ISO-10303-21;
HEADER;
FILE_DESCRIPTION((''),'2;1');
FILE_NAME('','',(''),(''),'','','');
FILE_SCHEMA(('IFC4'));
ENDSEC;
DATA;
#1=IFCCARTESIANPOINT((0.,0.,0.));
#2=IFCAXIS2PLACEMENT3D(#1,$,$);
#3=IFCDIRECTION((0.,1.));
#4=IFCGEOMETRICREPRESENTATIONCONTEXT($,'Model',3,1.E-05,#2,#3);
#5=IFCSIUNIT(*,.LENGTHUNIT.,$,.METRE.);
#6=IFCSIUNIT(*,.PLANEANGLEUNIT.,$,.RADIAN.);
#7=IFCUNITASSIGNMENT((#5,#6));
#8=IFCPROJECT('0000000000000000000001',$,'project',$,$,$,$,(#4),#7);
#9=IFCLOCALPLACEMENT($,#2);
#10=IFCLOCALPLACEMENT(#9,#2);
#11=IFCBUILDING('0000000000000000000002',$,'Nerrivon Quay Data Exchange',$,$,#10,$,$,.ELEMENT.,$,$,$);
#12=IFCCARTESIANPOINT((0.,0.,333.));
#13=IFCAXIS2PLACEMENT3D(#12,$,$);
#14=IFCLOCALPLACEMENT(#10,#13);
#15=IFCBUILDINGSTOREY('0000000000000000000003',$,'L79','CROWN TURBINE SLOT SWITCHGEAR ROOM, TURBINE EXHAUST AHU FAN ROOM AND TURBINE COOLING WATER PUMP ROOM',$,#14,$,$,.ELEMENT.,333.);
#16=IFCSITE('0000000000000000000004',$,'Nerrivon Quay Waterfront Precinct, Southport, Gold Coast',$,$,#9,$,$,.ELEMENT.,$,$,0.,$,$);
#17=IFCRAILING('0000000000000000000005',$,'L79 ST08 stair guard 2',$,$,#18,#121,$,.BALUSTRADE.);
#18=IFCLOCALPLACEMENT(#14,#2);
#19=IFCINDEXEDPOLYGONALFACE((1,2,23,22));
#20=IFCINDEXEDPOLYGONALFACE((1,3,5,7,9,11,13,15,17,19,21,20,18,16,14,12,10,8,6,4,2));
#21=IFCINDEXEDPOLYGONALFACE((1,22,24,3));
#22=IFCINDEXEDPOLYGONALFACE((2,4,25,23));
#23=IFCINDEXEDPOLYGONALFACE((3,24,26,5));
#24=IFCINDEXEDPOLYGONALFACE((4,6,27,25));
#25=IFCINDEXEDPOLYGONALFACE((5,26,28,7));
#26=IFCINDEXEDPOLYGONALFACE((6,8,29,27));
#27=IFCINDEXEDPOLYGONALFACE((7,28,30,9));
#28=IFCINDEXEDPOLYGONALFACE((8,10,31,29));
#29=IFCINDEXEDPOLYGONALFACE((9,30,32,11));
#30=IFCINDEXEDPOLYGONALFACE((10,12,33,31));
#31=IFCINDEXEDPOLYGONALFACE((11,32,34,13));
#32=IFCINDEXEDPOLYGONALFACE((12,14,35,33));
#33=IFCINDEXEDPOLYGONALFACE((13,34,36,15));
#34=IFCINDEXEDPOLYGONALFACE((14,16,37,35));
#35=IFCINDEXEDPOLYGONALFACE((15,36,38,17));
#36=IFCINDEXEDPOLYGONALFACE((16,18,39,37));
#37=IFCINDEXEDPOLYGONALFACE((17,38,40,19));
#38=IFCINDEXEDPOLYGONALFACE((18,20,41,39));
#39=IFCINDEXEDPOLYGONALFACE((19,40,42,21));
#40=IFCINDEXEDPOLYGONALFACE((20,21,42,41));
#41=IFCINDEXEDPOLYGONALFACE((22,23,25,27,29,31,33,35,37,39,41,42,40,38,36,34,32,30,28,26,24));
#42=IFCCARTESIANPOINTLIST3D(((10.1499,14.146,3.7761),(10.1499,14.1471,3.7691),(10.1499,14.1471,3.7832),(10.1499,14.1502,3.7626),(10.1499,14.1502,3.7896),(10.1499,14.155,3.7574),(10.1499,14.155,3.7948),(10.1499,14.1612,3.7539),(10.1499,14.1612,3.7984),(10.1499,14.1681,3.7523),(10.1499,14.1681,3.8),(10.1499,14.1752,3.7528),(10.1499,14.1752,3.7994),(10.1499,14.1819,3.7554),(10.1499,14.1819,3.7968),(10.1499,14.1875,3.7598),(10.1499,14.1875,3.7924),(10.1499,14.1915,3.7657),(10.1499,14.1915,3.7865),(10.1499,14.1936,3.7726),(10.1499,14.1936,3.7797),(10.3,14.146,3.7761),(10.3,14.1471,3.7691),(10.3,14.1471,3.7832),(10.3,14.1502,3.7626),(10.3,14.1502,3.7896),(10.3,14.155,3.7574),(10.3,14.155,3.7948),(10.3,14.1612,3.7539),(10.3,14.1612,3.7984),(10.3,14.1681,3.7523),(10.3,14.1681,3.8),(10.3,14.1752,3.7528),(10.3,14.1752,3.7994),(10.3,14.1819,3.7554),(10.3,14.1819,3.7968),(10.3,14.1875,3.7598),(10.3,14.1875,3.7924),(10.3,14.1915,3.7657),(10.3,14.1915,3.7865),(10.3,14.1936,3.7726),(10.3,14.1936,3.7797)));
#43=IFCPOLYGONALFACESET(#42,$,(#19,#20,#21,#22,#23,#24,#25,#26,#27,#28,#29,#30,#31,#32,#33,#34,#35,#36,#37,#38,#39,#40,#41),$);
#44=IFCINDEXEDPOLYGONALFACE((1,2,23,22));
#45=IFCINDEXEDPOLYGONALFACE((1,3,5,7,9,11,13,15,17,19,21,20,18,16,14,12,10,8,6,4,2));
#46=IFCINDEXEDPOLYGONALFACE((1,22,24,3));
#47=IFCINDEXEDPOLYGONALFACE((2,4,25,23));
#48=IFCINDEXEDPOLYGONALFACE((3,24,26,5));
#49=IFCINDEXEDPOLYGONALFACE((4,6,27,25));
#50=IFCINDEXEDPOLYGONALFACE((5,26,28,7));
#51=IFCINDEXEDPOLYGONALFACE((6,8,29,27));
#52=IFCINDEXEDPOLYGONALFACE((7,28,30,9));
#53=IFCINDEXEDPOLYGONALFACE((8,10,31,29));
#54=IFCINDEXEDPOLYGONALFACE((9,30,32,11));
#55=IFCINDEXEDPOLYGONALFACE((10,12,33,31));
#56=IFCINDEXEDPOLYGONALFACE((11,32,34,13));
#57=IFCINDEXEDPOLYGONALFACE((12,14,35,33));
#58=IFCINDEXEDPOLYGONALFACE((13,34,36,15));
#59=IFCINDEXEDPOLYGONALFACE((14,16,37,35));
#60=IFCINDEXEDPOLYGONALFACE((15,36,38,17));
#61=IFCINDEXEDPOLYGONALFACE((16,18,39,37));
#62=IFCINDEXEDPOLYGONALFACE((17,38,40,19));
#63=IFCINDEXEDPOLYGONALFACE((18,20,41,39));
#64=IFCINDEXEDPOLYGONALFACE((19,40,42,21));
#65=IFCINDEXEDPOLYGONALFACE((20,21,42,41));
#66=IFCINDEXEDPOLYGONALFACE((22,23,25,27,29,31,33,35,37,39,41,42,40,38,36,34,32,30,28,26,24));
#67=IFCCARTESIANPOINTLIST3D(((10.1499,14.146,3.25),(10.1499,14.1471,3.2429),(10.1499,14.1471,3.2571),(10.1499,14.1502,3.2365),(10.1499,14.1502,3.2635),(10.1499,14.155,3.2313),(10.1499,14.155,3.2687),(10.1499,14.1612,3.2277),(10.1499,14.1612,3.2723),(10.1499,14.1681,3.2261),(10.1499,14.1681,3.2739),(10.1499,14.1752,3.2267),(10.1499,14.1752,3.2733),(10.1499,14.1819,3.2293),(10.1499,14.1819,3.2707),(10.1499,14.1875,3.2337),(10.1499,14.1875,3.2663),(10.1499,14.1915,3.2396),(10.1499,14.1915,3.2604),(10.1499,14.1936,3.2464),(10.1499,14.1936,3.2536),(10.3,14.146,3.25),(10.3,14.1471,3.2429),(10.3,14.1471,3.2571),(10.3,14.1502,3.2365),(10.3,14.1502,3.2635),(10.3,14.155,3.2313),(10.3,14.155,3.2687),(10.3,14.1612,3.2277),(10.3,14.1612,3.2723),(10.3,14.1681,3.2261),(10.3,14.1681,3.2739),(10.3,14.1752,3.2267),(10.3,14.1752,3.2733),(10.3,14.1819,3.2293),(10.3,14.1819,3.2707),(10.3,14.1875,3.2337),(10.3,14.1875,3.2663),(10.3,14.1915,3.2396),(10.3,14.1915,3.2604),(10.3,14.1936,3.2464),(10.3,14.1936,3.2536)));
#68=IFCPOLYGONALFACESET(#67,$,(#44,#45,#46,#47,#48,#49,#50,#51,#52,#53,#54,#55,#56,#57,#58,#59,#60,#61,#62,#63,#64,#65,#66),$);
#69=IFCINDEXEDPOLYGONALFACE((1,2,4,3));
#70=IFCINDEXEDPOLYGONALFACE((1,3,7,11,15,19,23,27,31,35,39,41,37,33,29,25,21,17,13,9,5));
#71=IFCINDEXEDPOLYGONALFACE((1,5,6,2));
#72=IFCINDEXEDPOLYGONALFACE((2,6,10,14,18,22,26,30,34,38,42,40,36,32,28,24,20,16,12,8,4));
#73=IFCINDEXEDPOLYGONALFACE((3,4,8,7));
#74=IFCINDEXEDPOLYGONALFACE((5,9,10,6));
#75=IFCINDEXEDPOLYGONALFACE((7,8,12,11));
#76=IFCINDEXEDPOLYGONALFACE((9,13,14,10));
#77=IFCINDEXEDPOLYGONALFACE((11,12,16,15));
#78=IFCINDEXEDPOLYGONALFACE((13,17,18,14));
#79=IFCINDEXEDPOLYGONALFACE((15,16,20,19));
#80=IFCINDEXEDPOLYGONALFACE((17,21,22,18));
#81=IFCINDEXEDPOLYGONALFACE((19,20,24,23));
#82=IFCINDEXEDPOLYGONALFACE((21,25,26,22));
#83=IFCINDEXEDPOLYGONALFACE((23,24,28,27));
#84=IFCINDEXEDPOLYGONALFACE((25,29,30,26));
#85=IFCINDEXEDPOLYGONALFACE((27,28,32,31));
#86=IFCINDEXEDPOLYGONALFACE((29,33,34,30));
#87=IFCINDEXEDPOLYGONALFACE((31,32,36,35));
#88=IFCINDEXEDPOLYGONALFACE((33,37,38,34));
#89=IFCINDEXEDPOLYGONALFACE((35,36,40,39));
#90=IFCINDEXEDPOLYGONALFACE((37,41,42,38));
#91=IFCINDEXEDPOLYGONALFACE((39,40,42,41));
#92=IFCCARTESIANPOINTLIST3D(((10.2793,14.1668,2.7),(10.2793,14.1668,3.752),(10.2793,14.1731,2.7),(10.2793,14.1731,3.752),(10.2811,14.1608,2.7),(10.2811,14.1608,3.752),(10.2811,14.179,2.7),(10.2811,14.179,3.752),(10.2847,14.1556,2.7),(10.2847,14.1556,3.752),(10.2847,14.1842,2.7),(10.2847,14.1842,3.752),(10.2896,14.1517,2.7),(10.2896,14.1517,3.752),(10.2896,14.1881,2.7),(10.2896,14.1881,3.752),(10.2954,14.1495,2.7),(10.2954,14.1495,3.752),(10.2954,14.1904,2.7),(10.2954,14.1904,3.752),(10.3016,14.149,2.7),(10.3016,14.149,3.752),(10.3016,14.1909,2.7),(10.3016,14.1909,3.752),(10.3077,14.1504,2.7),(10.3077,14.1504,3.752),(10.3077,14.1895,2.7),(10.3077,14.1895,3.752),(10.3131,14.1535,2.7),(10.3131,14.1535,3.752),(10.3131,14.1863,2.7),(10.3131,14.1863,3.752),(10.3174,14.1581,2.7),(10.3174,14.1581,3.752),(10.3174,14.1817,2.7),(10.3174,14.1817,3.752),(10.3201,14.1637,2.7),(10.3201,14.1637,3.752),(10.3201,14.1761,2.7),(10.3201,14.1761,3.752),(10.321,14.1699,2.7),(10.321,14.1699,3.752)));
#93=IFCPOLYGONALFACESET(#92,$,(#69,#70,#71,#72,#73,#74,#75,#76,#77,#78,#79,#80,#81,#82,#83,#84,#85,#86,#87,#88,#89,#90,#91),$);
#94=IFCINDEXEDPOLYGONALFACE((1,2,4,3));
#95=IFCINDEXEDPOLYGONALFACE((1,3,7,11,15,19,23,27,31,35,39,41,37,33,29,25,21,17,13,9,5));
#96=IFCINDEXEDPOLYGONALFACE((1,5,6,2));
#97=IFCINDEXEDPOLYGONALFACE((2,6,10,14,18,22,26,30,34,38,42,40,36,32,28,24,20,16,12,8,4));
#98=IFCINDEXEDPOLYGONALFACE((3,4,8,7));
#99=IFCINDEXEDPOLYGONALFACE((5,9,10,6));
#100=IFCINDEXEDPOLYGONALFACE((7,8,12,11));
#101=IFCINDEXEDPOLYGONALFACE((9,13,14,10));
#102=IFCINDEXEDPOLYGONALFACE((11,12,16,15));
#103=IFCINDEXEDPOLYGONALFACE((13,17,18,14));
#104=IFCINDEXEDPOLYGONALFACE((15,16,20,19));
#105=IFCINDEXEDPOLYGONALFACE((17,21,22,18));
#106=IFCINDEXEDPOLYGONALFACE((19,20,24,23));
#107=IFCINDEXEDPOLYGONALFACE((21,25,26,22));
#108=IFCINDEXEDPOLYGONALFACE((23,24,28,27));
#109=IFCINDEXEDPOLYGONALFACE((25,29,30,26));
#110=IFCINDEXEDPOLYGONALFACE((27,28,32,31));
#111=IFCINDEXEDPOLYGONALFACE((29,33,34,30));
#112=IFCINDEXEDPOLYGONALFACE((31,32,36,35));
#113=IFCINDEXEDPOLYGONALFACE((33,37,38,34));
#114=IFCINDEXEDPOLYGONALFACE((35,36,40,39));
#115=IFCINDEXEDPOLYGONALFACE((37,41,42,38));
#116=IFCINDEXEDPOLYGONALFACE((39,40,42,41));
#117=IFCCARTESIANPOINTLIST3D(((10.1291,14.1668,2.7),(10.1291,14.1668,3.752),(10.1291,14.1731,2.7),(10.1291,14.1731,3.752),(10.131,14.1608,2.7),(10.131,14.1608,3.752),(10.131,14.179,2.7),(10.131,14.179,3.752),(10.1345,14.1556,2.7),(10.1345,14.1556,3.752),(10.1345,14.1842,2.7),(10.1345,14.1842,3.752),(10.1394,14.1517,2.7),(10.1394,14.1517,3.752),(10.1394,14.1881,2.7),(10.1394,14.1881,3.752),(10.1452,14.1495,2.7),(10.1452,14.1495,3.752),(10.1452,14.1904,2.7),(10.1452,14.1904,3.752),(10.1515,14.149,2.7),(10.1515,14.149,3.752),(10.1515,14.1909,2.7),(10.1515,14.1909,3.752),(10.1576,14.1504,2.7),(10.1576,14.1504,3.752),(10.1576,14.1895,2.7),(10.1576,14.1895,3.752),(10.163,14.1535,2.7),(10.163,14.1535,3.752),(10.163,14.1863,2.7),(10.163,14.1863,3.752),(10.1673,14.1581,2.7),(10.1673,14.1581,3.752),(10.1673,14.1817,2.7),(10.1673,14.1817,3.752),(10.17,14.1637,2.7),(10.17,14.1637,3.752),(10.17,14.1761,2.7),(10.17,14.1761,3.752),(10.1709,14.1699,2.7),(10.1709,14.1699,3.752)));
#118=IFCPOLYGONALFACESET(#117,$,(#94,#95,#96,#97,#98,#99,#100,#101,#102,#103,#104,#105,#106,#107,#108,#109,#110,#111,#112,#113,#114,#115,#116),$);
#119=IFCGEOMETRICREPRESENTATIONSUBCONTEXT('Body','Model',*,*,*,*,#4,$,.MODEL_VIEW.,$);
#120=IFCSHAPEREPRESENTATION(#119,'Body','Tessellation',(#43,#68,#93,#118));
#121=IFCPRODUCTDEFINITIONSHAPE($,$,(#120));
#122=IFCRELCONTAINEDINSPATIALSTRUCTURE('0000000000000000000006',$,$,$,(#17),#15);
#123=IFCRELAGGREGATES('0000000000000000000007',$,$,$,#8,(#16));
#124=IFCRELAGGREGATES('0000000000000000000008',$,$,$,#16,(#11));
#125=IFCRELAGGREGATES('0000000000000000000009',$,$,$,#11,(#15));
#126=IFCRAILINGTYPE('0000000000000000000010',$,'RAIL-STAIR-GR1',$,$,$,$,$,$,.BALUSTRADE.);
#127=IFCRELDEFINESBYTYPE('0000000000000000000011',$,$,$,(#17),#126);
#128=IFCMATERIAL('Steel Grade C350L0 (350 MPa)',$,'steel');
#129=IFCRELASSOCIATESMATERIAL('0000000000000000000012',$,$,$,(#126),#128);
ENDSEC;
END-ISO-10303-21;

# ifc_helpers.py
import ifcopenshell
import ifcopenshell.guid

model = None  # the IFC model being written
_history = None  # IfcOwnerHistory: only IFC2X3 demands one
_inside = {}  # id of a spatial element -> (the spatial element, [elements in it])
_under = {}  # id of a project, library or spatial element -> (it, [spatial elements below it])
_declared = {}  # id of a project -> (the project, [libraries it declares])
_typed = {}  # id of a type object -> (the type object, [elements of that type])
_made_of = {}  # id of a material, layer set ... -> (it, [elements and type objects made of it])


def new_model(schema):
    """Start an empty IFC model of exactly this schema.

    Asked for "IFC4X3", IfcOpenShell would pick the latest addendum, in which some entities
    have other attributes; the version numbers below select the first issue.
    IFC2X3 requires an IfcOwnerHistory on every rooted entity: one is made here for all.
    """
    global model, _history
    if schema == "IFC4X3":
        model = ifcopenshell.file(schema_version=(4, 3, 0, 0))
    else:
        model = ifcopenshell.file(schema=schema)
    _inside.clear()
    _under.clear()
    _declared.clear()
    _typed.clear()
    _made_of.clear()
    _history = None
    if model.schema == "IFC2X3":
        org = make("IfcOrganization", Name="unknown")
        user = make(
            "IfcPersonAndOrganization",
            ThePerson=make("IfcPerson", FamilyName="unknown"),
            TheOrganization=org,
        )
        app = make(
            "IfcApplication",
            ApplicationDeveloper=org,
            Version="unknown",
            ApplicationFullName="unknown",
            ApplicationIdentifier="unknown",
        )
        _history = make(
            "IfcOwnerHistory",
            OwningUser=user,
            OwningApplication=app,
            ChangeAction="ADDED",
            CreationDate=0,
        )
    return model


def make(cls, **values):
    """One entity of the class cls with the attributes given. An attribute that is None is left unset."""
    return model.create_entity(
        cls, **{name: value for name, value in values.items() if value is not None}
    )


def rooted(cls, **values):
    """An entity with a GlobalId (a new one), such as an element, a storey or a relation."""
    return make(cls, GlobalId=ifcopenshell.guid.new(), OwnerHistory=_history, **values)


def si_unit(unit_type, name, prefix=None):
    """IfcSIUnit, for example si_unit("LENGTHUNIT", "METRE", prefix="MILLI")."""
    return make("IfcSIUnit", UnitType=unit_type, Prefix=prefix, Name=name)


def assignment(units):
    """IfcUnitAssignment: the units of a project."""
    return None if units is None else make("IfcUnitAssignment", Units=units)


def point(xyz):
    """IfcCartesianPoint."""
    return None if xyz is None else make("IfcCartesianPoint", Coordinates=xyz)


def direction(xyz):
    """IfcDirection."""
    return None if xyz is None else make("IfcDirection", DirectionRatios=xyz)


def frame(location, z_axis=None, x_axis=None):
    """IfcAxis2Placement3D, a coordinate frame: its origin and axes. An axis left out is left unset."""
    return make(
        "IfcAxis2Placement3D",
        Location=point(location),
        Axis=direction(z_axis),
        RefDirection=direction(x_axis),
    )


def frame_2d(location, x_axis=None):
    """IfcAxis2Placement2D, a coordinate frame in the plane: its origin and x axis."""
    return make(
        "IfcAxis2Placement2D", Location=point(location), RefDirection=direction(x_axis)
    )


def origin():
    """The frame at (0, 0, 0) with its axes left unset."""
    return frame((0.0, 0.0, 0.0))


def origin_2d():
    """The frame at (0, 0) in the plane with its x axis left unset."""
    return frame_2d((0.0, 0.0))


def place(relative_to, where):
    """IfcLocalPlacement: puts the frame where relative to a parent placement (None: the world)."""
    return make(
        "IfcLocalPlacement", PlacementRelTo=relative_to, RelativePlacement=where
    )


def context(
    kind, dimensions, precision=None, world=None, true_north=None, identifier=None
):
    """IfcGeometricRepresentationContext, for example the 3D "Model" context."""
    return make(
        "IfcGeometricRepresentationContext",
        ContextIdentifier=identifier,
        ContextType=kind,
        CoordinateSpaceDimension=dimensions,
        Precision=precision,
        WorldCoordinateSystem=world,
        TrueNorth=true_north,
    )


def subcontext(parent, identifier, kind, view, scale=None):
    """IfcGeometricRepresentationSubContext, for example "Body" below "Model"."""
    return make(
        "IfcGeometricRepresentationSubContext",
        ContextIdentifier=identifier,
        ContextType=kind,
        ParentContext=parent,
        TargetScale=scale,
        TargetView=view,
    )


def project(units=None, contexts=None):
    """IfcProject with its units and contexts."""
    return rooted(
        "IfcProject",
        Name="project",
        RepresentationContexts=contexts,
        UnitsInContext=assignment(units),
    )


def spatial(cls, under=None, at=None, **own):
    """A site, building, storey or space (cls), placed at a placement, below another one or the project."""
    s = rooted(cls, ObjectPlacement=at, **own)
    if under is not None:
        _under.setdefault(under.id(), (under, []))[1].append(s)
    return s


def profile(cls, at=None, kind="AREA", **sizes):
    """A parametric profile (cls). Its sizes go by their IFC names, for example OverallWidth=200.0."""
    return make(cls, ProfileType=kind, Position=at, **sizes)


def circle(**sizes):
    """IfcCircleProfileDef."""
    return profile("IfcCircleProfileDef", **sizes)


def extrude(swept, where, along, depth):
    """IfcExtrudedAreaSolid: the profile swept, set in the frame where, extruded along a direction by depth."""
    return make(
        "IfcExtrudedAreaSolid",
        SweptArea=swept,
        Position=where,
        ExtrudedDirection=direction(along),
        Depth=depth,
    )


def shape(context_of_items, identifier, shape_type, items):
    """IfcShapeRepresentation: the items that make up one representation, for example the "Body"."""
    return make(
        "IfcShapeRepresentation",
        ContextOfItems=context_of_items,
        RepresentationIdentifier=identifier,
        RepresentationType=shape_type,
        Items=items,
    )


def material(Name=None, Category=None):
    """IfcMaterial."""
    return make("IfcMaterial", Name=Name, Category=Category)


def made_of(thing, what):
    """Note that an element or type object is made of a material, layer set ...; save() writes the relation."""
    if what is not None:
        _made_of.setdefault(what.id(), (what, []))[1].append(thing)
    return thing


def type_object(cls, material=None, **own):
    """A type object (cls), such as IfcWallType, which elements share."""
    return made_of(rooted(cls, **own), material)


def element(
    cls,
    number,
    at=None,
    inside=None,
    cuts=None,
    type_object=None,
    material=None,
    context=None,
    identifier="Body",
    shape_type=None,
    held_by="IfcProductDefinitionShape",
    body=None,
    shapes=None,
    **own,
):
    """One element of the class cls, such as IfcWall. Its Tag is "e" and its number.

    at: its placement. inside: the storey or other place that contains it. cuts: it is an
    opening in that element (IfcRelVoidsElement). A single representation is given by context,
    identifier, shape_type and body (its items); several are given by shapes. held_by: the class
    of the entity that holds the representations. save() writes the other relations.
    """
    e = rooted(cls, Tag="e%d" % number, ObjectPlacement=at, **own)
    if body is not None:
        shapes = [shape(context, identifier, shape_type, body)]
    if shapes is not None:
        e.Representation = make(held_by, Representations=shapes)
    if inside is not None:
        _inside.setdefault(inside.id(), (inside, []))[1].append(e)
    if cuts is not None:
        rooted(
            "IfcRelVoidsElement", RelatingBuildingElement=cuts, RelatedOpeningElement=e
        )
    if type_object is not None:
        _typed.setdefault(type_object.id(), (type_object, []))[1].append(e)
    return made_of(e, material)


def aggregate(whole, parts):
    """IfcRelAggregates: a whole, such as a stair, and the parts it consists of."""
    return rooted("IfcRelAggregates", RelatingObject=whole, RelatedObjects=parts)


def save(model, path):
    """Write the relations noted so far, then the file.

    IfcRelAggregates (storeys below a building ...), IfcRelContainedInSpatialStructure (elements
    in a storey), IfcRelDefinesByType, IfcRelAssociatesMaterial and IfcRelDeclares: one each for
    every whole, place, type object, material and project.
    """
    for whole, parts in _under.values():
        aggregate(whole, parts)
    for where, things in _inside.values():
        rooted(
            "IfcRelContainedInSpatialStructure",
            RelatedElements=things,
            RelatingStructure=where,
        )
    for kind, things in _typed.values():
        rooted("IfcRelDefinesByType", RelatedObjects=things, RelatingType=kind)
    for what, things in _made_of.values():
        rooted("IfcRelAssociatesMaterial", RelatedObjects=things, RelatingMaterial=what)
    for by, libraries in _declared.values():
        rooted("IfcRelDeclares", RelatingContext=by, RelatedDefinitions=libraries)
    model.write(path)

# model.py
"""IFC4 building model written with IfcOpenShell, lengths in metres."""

from ifc_helpers import new_model, si_unit, direction, frame, origin, origin_2d, place, context, subcontext, project, spatial, circle, extrude, material, type_object, element, save


model = new_model("IFC4")

# Units and contexts
model_context = context("Model", 3, precision=1e-05, world=origin(), true_north=direction((0.0, 1.0)))
body_context = subcontext(model_context, "Body", "Model", "MODEL_VIEW")
ifc_project = project(units=[si_unit("LENGTHUNIT", "METRE"), si_unit("PLANEANGLEUNIT", "RADIAN")], contexts=[model_context])

# Site, building, storey
site_placement = place(None, origin())
site = spatial("IfcSite", under=ifc_project, at=site_placement, Name="Nerrivon Quay Waterfront Precinct, Southport, Gold Coast", CompositionType="ELEMENT", RefElevation=0.0)
building_placement = place(site_placement, origin())
building = spatial("IfcBuilding", under=site, at=building_placement, Name="Nerrivon Quay Data Exchange", CompositionType="ELEMENT")
storey_placement = place(building_placement, frame((0.0, 0.0, 333.0)))
storey = spatial("IfcBuildingStorey", under=building, at=storey_placement, Name="L79", Description="CROWN TURBINE SLOT SWITCHGEAR ROOM, TURBINE EXHAUST AHU FAN ROOM AND TURBINE COOLING WATER PUMP ROOM", CompositionType="ELEMENT", Elevation=333.0)

# Shared definitions
ifc_material_1 = material(Name="Steel Grade C350L0 (350 MPa)", Category="steel")

# Railing
railing_type_1 = type_object("IfcRailingType", Name="RAIL-STAIR-GR1", PredefinedType="BALUSTRADE", material=ifc_material_1)
railing_1_placement = place(storey_placement, frame((10.3, 14.1699, 2.7)))
element("IfcRailing", 1, at=railing_1_placement, inside=storey, type_object=railing_type_1, Name="L79 ST08 stair guard 2", PredefinedType="BALUSTRADE", context=body_context, shape_type="SweptSolid", body=[
    extrude(circle(Radius=0.0239, at=origin_2d()), frame((0.0, 0.0, 1.0762), z_axis=(-1.0, 0.0, 0.0), x_axis=(0.0, -1.0, 0.0)), (0.0, 0.0, 1.0), 0.1501),
    extrude(circle(Radius=0.0239, at=origin_2d()), frame((0.0, 0.0, 0.55), z_axis=(-1.0, 0.0, 0.0), x_axis=(0.0, -1.0, 0.0)), (0.0, 0.0, 1.0), 0.1501),
    extrude(circle(Radius=0.021, at=origin_2d()), origin(), (0.0, 0.0, 1.0), 1.052),
    extrude(circle(Radius=0.021, at=origin_2d()), frame((-0.1501, 0.0, 0.0)), (0.0, 0.0, 1.0), 1.052),
])

save(model, "model.ifc")
